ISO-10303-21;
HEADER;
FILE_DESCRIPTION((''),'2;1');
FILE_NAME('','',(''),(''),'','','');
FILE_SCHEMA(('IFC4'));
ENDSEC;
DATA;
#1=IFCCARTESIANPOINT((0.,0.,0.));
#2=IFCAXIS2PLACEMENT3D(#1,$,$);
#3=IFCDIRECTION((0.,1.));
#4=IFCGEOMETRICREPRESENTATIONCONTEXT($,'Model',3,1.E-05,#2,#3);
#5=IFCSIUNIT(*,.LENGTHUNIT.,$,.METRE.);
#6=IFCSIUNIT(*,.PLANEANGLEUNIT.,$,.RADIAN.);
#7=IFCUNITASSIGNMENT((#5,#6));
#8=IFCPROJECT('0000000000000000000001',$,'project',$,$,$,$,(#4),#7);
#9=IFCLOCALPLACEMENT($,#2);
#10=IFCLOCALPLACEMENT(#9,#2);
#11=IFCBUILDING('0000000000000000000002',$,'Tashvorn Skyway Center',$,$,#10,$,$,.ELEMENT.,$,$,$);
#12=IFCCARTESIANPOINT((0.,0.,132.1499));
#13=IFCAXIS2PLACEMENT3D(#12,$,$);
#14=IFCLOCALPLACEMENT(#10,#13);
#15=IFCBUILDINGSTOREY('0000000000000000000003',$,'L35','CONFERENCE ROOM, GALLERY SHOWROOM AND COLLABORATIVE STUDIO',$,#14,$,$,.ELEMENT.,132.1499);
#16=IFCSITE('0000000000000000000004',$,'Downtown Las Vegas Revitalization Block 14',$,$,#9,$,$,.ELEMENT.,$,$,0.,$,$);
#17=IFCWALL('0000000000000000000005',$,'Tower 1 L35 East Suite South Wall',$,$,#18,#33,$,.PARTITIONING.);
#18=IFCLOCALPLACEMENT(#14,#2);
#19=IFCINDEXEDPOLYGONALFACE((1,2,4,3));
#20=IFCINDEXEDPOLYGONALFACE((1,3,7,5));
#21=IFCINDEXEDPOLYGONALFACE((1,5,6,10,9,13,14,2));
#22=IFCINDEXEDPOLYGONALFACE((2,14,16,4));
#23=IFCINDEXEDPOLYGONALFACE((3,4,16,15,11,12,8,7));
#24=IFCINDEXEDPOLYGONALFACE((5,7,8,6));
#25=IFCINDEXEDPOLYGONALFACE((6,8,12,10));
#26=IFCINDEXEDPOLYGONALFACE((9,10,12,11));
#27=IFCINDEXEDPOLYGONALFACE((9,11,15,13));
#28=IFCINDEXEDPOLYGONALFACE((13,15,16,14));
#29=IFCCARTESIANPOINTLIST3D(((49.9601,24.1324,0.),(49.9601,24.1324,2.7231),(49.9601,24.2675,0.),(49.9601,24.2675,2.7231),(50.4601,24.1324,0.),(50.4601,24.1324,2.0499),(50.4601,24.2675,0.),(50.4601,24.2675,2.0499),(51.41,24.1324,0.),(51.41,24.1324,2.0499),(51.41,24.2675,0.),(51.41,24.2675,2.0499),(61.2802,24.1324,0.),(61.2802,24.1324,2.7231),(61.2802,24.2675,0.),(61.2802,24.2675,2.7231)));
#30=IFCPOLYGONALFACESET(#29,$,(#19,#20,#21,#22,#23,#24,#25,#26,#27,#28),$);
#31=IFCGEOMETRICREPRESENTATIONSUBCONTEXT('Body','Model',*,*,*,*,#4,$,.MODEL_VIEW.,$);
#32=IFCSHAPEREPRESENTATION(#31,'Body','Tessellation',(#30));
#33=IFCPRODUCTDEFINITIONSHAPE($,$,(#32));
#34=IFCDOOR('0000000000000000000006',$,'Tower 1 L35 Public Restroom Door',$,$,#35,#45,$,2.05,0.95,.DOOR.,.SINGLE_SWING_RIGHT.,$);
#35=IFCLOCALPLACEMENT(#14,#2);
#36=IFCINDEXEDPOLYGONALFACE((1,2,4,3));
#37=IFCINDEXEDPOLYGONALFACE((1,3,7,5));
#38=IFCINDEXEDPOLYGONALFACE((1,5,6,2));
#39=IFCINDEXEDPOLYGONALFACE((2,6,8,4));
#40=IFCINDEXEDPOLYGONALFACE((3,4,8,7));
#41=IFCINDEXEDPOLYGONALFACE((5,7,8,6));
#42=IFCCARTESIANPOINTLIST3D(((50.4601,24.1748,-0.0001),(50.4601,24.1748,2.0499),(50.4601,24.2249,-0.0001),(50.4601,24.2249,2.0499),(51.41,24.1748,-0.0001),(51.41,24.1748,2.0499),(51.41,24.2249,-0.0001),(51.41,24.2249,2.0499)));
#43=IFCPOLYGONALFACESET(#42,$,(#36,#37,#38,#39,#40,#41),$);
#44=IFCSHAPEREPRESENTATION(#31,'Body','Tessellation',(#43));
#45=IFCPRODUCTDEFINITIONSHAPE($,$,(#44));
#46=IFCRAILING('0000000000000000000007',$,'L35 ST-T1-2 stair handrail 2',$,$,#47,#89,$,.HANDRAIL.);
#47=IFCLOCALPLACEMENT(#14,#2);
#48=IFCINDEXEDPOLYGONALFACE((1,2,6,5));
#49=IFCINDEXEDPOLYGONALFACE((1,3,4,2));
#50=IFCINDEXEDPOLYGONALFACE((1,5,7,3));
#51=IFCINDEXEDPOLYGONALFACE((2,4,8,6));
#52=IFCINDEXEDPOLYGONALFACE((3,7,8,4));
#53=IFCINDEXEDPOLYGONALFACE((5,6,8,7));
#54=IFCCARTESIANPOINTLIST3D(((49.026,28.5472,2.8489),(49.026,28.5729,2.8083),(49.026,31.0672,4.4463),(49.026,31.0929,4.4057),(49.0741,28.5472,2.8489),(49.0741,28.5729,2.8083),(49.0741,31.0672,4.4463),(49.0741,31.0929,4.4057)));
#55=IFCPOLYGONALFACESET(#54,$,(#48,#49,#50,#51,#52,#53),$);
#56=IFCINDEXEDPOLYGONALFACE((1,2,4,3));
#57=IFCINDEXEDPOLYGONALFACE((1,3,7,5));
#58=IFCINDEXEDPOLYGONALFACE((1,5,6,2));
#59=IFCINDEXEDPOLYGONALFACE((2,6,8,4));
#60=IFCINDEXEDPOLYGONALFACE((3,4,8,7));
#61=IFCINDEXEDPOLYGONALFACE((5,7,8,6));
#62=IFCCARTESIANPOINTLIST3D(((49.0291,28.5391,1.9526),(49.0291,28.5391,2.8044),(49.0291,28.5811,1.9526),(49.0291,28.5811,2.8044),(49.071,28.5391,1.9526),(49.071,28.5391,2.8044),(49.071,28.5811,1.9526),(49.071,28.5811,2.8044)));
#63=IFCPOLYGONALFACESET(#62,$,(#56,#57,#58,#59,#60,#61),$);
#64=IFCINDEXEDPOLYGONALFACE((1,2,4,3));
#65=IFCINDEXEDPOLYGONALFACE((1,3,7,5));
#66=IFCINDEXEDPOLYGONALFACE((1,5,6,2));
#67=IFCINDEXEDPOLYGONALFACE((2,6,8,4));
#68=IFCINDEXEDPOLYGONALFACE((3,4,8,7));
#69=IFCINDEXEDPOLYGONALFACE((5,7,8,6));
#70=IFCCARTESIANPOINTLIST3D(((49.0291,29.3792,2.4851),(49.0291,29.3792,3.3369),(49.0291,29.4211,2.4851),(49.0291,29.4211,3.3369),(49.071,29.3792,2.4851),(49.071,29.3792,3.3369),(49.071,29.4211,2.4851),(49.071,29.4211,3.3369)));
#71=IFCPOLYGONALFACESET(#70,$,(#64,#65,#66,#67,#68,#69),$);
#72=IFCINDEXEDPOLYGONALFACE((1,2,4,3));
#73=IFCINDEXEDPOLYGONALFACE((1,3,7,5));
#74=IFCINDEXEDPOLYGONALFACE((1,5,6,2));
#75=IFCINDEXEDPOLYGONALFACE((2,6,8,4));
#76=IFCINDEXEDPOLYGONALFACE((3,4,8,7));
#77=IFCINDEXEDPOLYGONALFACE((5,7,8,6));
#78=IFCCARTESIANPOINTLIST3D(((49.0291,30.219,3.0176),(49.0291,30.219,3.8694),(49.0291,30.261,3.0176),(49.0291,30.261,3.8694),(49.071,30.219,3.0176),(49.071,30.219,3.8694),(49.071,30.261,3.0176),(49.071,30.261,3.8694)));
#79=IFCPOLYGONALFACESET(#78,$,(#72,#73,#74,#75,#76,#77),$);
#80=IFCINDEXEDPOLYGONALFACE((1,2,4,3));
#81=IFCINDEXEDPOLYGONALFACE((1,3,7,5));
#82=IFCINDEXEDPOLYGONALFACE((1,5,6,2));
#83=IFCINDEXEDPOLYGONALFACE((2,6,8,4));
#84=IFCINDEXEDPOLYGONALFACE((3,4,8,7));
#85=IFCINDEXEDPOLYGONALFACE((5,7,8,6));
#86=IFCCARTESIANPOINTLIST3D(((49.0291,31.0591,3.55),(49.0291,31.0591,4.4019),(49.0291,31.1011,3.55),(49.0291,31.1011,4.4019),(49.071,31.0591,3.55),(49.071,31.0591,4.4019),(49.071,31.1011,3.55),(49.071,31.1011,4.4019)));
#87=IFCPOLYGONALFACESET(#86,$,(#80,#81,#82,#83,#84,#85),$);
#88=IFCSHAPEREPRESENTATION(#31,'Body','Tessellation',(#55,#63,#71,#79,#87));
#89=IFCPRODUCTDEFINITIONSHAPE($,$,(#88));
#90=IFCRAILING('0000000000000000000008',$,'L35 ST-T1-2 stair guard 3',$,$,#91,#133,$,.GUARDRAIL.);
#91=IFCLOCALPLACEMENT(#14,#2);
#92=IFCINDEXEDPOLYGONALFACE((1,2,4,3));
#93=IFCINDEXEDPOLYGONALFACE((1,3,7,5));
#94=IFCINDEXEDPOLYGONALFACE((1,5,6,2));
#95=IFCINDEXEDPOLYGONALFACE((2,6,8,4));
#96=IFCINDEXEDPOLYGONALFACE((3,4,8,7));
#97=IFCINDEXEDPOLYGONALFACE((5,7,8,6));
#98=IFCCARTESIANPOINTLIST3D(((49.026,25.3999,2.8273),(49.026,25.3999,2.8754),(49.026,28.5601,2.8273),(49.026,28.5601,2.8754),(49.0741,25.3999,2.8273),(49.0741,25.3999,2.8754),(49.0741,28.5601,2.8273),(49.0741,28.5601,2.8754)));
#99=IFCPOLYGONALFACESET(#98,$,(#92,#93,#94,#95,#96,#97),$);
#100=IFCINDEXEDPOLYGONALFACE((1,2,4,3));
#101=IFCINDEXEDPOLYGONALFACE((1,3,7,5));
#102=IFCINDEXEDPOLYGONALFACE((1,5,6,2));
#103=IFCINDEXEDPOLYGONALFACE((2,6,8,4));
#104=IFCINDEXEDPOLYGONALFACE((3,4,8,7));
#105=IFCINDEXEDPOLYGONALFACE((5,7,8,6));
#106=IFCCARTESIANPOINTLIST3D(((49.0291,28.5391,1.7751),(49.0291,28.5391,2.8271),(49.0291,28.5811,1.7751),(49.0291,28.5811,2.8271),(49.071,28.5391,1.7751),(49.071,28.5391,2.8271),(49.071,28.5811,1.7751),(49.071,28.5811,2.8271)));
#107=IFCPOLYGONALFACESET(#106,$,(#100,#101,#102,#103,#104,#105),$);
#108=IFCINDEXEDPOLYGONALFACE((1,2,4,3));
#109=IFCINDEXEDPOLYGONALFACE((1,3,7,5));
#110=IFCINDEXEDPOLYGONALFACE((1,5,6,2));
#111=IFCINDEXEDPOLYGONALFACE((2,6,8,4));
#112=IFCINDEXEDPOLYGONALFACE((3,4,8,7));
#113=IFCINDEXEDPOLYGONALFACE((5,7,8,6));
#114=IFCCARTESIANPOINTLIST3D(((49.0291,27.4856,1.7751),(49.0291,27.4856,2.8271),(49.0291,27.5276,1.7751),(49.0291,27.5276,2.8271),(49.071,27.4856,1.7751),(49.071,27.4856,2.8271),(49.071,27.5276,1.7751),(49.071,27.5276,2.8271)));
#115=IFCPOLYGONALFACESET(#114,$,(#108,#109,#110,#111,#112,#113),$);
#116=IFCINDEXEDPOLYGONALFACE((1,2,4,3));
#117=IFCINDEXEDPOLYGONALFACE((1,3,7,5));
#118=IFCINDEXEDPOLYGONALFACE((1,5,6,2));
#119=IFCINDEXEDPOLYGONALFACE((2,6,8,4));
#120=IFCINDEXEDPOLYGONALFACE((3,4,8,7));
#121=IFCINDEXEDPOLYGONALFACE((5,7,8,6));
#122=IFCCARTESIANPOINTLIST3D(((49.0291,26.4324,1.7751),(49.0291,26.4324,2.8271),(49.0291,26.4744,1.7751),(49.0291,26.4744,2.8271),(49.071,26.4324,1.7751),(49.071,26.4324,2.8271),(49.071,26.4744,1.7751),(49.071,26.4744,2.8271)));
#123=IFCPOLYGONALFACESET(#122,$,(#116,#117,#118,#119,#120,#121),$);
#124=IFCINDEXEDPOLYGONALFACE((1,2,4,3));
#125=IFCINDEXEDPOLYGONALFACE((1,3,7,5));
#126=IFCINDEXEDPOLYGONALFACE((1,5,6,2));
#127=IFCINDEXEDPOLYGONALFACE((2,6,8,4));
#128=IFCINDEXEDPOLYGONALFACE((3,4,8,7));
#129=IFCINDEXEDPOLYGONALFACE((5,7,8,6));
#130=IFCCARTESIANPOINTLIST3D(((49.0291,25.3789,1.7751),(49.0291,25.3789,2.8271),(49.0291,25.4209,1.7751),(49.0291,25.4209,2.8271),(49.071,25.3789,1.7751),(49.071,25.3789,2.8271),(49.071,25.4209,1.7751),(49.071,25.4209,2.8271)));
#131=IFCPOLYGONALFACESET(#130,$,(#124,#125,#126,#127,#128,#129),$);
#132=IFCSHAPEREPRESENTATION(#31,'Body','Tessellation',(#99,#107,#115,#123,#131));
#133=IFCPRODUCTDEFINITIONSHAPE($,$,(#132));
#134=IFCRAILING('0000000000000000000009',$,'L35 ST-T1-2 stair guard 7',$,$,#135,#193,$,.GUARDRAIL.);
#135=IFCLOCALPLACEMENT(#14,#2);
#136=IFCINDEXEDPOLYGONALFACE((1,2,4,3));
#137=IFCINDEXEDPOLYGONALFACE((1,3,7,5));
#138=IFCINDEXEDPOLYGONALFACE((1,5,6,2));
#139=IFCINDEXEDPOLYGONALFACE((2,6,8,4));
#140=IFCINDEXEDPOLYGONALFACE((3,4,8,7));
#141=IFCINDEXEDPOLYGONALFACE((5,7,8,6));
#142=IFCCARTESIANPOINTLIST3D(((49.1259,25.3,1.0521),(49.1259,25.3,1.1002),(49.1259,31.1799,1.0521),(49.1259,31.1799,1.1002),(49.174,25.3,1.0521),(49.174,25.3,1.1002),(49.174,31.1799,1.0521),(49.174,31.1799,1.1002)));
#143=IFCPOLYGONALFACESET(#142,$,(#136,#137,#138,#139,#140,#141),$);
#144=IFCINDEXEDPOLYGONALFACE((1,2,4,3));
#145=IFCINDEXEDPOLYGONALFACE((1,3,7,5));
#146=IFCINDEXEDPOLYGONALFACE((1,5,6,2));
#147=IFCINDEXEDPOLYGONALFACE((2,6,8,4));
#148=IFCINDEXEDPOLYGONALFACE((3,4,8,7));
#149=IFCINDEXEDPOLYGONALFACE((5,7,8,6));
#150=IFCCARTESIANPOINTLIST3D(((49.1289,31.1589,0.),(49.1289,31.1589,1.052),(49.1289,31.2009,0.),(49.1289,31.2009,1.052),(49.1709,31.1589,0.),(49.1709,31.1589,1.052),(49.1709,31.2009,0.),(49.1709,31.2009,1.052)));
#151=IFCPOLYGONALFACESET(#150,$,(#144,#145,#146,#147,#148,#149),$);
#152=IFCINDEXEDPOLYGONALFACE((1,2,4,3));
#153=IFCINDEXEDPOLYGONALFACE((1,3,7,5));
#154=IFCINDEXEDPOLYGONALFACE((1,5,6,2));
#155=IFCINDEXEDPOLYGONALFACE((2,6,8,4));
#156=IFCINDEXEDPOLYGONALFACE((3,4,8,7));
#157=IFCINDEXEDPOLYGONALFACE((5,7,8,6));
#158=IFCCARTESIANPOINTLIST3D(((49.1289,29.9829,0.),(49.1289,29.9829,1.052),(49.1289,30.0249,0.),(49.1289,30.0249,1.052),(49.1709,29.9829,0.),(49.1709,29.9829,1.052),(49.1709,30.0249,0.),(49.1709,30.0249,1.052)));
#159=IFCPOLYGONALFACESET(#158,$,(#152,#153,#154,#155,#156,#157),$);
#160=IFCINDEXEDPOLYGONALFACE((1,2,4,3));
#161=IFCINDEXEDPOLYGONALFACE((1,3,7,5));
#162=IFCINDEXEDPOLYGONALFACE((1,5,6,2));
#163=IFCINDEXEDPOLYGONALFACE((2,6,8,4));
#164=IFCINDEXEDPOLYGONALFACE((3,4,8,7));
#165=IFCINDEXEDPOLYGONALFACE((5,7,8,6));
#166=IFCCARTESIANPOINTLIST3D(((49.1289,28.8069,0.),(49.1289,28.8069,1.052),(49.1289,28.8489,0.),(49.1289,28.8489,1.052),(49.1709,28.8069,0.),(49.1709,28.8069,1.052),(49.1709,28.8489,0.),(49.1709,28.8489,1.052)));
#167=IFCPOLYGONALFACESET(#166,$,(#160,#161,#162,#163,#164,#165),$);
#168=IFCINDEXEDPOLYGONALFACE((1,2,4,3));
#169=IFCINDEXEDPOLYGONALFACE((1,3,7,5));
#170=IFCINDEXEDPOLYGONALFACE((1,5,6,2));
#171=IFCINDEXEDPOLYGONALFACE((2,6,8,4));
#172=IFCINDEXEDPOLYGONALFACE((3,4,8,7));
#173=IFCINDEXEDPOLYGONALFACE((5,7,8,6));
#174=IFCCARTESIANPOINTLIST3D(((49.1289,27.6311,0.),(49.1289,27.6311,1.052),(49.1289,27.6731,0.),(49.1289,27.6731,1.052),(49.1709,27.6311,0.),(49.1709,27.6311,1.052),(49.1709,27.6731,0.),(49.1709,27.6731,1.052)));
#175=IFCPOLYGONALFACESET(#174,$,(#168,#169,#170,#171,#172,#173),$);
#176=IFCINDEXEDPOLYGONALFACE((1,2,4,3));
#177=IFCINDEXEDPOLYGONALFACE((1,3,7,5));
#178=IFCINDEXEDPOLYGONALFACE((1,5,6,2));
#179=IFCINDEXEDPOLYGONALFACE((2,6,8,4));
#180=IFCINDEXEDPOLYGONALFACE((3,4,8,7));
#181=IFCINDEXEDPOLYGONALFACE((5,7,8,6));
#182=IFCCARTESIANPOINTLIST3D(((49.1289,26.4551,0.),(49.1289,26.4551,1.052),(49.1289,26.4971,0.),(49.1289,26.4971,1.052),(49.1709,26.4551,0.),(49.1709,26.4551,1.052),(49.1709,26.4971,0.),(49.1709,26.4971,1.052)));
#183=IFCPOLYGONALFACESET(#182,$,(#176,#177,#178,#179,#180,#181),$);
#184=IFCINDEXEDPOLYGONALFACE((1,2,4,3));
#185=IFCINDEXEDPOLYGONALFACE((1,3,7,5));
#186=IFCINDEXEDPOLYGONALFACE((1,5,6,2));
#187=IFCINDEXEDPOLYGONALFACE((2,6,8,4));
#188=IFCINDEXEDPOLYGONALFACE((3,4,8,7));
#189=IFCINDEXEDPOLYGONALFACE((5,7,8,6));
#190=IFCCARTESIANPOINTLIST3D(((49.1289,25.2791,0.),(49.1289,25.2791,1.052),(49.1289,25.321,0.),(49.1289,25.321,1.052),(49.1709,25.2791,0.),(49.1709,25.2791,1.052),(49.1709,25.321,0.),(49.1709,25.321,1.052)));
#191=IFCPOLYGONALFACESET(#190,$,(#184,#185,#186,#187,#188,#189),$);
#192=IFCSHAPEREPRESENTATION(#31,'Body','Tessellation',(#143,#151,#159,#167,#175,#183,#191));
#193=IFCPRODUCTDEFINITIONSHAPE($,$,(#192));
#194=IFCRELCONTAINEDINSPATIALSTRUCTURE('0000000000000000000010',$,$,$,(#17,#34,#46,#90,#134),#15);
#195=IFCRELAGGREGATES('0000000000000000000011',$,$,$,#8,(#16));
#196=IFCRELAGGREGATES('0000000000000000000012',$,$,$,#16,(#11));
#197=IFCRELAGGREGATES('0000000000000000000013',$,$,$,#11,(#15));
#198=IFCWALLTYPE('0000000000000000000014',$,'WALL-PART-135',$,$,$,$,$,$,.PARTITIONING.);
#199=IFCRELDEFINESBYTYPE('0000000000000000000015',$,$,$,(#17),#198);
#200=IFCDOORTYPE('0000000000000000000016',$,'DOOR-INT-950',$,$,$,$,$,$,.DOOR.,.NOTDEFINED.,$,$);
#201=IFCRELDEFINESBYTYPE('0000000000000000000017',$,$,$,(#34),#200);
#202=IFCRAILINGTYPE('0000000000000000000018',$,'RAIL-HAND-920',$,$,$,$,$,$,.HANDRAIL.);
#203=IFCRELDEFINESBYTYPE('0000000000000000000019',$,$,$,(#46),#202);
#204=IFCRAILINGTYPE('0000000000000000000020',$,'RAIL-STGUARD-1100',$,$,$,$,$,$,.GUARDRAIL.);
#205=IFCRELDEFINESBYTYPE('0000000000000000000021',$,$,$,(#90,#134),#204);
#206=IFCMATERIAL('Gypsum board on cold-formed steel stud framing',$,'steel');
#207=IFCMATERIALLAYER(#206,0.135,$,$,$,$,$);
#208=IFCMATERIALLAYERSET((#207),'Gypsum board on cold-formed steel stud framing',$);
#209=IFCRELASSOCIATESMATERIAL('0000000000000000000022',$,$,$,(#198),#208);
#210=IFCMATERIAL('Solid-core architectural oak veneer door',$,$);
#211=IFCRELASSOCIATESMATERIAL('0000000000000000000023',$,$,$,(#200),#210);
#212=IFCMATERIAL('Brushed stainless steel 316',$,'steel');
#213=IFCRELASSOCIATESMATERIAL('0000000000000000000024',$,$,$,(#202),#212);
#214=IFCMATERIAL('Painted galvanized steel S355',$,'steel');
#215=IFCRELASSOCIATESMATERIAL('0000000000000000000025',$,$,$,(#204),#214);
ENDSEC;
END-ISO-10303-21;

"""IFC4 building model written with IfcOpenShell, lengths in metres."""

from ifc_helpers import new_model, si_unit, direction, frame, frame_2d, origin, origin_2d, place, context, subcontext, project, spatial, rectangle, extrude, material, layer, layer_set, type_object, element, fill, save


model = new_model("IFC4")

# Units and contexts
model_context = context("Model", 3, precision=1e-05, world=origin(), true_north=direction((0.0, 1.0)))
body_context = subcontext(model_context, "Body", "Model", "MODEL_VIEW")
ifc_project = project(units=[si_unit("LENGTHUNIT", "METRE"), si_unit("PLANEANGLEUNIT", "RADIAN")], contexts=[model_context])

# Site, building, storey
site_placement = place(None, origin())
site = spatial("IfcSite", under=ifc_project, at=site_placement, Name="Downtown Las Vegas Revitalization Block 14", CompositionType="ELEMENT", RefElevation=0.0)
building_placement = place(site_placement, origin())
building = spatial("IfcBuilding", under=site, at=building_placement, Name="Tashvorn Skyway Center", CompositionType="ELEMENT")
storey_placement = place(building_placement, frame((0.0, 0.0, 132.1499)))
storey = spatial("IfcBuildingStorey", under=building, at=storey_placement, Name="L35", Description="CONFERENCE ROOM, GALLERY SHOWROOM AND COLLABORATIVE STUDIO", CompositionType="ELEMENT", Elevation=132.1499)

# Shared definitions
ifc_material_1 = material(Name="Gypsum board on cold-formed steel stud framing", Category="steel")

# Shared definitions
ifc_layer_1 = layer(ifc_material_1, 0.135)
ifc_layer_set_1 = layer_set([ifc_layer_1], Name="Gypsum board on cold-formed steel stud framing")
wall_type_1 = type_object("IfcWallType", Name="WALL-PART-135", PredefinedType="PARTITIONING", material=ifc_layer_set_1)
ifc_material_2 = material(Name="Solid-core architectural oak veneer door")
door_type_1 = type_object("IfcDoorType", Name="DOOR-INT-950", OperationType="NOTDEFINED", PredefinedType="DOOR", material=ifc_material_2)

# Wall, opening, door
wall_1_placement = place(storey_placement, frame((49.96, 24.2, 0.0), z_axis=(0.0, 0.0, 1.0), x_axis=(1.0, 0.0, 0.0)))
wall_1 = element("IfcWall", 1, at=wall_1_placement, inside=storey, type_object=wall_type_1, Name="Tower 1 L35 East Suite South Wall", PredefinedType="PARTITIONING", context=body_context, shape_type="SweptSolid", body=[
    extrude(rectangle(XDim=11.3201, YDim=0.135, at=frame_2d((5.6602, 0.0))), origin(), (0.0, 0.0, 1.0), 2.7231),
])
opening_1_placement = place(wall_1_placement, frame((0.5, 0.0, 0.0)))
opening_1 = element("IfcOpeningElement", 2, at=opening_1_placement, cuts=wall_1, PredefinedType="OPENING", context=body_context, shape_type="SweptSolid", body=[
    extrude(rectangle(XDim=0.95, YDim=2.05, at=frame_2d((0.4751, 1.0249))), frame((0.0, 0.0774, 0.0), z_axis=(0.0, -1.0, 0.0), x_axis=(1.0, 0.0, 0.0)), (0.0, 0.0, 1.0), 0.155),
])
door_1_placement = place(opening_1_placement, origin())
door_1 = element("IfcDoor", 3, at=door_1_placement, inside=storey, type_object=door_type_1, Name="Tower 1 L35 Public Restroom Door", OperationType="SINGLE_SWING_RIGHT", OverallHeight=2.05, OverallWidth=0.95, PredefinedType="DOOR", context=body_context, shape_type="SweptSolid", body=[
    extrude(rectangle(XDim=0.95, YDim=2.05, at=frame_2d((0.4751, 1.0249))), frame((0.0, 0.0249, 0.0), z_axis=(0.0, -1.0, 0.0), x_axis=(1.0, 0.0, 0.0)), (0.0, 0.0, 1.0), 0.05),
])
fill(opening_1, door_1)

# Railings
ifc_material_3 = material(Name="Brushed stainless steel 316", Category="steel")
railing_type_1 = type_object("IfcRailingType", Name="RAIL-HAND-920", PredefinedType="HANDRAIL", material=ifc_material_3)
railing_1_placement = place(storey_placement, frame((49.05, 28.5601, 1.9526)))
element("IfcRailing", 4, at=railing_1_placement, inside=storey, type_object=railing_type_1, Name="L35 ST-T1-2 stair handrail 2", PredefinedType="HANDRAIL", context=body_context, shape_type="SweptSolid", body=[
    extrude(rectangle(XDim=0.0481, YDim=0.0481, at=origin_2d()), frame((0.0, 0.0, 0.876), z_axis=(0.0, 0.844607, 0.535387), x_axis=(-1.0, 0.0, 0.0)), (0.0, 0.0, 1.0), 2.9836),
    extrude(rectangle(XDim=0.042, YDim=0.042, at=origin_2d()), origin(), (0.0, 0.0, 1.0), 0.8518),
    extrude(rectangle(XDim=0.042, YDim=0.042, at=origin_2d()), frame((0.0, 0.8401, 0.5325)), (0.0, 0.0, 1.0), 0.8518),
    extrude(rectangle(XDim=0.042, YDim=0.042, at=origin_2d()), frame((0.0, 1.6799, 1.0649)), (0.0, 0.0, 1.0), 0.8518),
    extrude(rectangle(XDim=0.042, YDim=0.042, at=origin_2d()), frame((0.0, 2.52, 1.5974)), (0.0, 0.0, 1.0), 0.8518),
])
ifc_material_4 = material(Name="Painted galvanized steel S355", Category="steel")
railing_type_2 = type_object("IfcRailingType", Name="RAIL-STGUARD-1100", PredefinedType="GUARDRAIL", material=ifc_material_4)
railing_2_placement = place(storey_placement, frame((49.05, 28.5601, 1.7751)))
element("IfcRailing", 5, at=railing_2_placement, inside=storey, type_object=railing_type_2, Name="L35 ST-T1-2 stair guard 3", PredefinedType="GUARDRAIL", context=body_context, shape_type="SweptSolid", body=[
    extrude(rectangle(XDim=0.0481, YDim=0.0481, at=origin_2d()), frame((0.0, 0.0, 1.0762), z_axis=(0.0, -1.0, 0.0), x_axis=(1.0, 0.0, 0.0)), (0.0, 0.0, 1.0), 3.1602),
    extrude(rectangle(XDim=0.042, YDim=0.042, at=origin_2d()), origin(), (0.0, 0.0, 1.0), 1.052),
    extrude(rectangle(XDim=0.042, YDim=0.042, at=origin_2d()), frame((0.0, -1.0535, 0.0)), (0.0, 0.0, 1.0), 1.052),
    extrude(rectangle(XDim=0.042, YDim=0.042, at=origin_2d()), frame((0.0, -2.1067, 0.0)), (0.0, 0.0, 1.0), 1.052),
    extrude(rectangle(XDim=0.042, YDim=0.042, at=origin_2d()), frame((0.0, -3.1602, 0.0)), (0.0, 0.0, 1.0), 1.052),
])
railing_3_placement = place(storey_placement, frame((49.1499, 31.1799, 0.0)))
element("IfcRailing", 6, at=railing_3_placement, inside=storey, type_object=railing_type_2, Name="L35 ST-T1-2 stair guard 7", PredefinedType="GUARDRAIL", context=body_context, shape_type="SweptSolid", body=[
    extrude(rectangle(XDim=0.0481, YDim=0.0481, at=origin_2d()), frame((0.0, 0.0, 1.0762), z_axis=(0.0, -1.0, 0.0), x_axis=(1.0, 0.0, 0.0)), (0.0, 0.0, 1.0), 5.8799),
    extrude(rectangle(XDim=0.042, YDim=0.042, at=origin_2d()), origin(), (0.0, 0.0, 1.0), 1.052),
    extrude(rectangle(XDim=0.042, YDim=0.042, at=origin_2d()), frame((0.0, -1.176, 0.0)), (0.0, 0.0, 1.0), 1.052),
    extrude(rectangle(XDim=0.042, YDim=0.042, at=origin_2d()), frame((0.0, -2.3521, 0.0)), (0.0, 0.0, 1.0), 1.052),
    extrude(rectangle(XDim=0.042, YDim=0.042, at=origin_2d()), frame((0.0, -3.5278, 0.0)), (0.0, 0.0, 1.0), 1.052),
    extrude(rectangle(XDim=0.042, YDim=0.042, at=origin_2d()), frame((0.0, -4.7039, 0.0)), (0.0, 0.0, 1.0), 1.052),
    extrude(rectangle(XDim=0.042, YDim=0.042, at=origin_2d()), frame((0.0, -5.8799, 0.0)), (0.0, 0.0, 1.0), 1.052),
])

save(model, "model.ifc")
